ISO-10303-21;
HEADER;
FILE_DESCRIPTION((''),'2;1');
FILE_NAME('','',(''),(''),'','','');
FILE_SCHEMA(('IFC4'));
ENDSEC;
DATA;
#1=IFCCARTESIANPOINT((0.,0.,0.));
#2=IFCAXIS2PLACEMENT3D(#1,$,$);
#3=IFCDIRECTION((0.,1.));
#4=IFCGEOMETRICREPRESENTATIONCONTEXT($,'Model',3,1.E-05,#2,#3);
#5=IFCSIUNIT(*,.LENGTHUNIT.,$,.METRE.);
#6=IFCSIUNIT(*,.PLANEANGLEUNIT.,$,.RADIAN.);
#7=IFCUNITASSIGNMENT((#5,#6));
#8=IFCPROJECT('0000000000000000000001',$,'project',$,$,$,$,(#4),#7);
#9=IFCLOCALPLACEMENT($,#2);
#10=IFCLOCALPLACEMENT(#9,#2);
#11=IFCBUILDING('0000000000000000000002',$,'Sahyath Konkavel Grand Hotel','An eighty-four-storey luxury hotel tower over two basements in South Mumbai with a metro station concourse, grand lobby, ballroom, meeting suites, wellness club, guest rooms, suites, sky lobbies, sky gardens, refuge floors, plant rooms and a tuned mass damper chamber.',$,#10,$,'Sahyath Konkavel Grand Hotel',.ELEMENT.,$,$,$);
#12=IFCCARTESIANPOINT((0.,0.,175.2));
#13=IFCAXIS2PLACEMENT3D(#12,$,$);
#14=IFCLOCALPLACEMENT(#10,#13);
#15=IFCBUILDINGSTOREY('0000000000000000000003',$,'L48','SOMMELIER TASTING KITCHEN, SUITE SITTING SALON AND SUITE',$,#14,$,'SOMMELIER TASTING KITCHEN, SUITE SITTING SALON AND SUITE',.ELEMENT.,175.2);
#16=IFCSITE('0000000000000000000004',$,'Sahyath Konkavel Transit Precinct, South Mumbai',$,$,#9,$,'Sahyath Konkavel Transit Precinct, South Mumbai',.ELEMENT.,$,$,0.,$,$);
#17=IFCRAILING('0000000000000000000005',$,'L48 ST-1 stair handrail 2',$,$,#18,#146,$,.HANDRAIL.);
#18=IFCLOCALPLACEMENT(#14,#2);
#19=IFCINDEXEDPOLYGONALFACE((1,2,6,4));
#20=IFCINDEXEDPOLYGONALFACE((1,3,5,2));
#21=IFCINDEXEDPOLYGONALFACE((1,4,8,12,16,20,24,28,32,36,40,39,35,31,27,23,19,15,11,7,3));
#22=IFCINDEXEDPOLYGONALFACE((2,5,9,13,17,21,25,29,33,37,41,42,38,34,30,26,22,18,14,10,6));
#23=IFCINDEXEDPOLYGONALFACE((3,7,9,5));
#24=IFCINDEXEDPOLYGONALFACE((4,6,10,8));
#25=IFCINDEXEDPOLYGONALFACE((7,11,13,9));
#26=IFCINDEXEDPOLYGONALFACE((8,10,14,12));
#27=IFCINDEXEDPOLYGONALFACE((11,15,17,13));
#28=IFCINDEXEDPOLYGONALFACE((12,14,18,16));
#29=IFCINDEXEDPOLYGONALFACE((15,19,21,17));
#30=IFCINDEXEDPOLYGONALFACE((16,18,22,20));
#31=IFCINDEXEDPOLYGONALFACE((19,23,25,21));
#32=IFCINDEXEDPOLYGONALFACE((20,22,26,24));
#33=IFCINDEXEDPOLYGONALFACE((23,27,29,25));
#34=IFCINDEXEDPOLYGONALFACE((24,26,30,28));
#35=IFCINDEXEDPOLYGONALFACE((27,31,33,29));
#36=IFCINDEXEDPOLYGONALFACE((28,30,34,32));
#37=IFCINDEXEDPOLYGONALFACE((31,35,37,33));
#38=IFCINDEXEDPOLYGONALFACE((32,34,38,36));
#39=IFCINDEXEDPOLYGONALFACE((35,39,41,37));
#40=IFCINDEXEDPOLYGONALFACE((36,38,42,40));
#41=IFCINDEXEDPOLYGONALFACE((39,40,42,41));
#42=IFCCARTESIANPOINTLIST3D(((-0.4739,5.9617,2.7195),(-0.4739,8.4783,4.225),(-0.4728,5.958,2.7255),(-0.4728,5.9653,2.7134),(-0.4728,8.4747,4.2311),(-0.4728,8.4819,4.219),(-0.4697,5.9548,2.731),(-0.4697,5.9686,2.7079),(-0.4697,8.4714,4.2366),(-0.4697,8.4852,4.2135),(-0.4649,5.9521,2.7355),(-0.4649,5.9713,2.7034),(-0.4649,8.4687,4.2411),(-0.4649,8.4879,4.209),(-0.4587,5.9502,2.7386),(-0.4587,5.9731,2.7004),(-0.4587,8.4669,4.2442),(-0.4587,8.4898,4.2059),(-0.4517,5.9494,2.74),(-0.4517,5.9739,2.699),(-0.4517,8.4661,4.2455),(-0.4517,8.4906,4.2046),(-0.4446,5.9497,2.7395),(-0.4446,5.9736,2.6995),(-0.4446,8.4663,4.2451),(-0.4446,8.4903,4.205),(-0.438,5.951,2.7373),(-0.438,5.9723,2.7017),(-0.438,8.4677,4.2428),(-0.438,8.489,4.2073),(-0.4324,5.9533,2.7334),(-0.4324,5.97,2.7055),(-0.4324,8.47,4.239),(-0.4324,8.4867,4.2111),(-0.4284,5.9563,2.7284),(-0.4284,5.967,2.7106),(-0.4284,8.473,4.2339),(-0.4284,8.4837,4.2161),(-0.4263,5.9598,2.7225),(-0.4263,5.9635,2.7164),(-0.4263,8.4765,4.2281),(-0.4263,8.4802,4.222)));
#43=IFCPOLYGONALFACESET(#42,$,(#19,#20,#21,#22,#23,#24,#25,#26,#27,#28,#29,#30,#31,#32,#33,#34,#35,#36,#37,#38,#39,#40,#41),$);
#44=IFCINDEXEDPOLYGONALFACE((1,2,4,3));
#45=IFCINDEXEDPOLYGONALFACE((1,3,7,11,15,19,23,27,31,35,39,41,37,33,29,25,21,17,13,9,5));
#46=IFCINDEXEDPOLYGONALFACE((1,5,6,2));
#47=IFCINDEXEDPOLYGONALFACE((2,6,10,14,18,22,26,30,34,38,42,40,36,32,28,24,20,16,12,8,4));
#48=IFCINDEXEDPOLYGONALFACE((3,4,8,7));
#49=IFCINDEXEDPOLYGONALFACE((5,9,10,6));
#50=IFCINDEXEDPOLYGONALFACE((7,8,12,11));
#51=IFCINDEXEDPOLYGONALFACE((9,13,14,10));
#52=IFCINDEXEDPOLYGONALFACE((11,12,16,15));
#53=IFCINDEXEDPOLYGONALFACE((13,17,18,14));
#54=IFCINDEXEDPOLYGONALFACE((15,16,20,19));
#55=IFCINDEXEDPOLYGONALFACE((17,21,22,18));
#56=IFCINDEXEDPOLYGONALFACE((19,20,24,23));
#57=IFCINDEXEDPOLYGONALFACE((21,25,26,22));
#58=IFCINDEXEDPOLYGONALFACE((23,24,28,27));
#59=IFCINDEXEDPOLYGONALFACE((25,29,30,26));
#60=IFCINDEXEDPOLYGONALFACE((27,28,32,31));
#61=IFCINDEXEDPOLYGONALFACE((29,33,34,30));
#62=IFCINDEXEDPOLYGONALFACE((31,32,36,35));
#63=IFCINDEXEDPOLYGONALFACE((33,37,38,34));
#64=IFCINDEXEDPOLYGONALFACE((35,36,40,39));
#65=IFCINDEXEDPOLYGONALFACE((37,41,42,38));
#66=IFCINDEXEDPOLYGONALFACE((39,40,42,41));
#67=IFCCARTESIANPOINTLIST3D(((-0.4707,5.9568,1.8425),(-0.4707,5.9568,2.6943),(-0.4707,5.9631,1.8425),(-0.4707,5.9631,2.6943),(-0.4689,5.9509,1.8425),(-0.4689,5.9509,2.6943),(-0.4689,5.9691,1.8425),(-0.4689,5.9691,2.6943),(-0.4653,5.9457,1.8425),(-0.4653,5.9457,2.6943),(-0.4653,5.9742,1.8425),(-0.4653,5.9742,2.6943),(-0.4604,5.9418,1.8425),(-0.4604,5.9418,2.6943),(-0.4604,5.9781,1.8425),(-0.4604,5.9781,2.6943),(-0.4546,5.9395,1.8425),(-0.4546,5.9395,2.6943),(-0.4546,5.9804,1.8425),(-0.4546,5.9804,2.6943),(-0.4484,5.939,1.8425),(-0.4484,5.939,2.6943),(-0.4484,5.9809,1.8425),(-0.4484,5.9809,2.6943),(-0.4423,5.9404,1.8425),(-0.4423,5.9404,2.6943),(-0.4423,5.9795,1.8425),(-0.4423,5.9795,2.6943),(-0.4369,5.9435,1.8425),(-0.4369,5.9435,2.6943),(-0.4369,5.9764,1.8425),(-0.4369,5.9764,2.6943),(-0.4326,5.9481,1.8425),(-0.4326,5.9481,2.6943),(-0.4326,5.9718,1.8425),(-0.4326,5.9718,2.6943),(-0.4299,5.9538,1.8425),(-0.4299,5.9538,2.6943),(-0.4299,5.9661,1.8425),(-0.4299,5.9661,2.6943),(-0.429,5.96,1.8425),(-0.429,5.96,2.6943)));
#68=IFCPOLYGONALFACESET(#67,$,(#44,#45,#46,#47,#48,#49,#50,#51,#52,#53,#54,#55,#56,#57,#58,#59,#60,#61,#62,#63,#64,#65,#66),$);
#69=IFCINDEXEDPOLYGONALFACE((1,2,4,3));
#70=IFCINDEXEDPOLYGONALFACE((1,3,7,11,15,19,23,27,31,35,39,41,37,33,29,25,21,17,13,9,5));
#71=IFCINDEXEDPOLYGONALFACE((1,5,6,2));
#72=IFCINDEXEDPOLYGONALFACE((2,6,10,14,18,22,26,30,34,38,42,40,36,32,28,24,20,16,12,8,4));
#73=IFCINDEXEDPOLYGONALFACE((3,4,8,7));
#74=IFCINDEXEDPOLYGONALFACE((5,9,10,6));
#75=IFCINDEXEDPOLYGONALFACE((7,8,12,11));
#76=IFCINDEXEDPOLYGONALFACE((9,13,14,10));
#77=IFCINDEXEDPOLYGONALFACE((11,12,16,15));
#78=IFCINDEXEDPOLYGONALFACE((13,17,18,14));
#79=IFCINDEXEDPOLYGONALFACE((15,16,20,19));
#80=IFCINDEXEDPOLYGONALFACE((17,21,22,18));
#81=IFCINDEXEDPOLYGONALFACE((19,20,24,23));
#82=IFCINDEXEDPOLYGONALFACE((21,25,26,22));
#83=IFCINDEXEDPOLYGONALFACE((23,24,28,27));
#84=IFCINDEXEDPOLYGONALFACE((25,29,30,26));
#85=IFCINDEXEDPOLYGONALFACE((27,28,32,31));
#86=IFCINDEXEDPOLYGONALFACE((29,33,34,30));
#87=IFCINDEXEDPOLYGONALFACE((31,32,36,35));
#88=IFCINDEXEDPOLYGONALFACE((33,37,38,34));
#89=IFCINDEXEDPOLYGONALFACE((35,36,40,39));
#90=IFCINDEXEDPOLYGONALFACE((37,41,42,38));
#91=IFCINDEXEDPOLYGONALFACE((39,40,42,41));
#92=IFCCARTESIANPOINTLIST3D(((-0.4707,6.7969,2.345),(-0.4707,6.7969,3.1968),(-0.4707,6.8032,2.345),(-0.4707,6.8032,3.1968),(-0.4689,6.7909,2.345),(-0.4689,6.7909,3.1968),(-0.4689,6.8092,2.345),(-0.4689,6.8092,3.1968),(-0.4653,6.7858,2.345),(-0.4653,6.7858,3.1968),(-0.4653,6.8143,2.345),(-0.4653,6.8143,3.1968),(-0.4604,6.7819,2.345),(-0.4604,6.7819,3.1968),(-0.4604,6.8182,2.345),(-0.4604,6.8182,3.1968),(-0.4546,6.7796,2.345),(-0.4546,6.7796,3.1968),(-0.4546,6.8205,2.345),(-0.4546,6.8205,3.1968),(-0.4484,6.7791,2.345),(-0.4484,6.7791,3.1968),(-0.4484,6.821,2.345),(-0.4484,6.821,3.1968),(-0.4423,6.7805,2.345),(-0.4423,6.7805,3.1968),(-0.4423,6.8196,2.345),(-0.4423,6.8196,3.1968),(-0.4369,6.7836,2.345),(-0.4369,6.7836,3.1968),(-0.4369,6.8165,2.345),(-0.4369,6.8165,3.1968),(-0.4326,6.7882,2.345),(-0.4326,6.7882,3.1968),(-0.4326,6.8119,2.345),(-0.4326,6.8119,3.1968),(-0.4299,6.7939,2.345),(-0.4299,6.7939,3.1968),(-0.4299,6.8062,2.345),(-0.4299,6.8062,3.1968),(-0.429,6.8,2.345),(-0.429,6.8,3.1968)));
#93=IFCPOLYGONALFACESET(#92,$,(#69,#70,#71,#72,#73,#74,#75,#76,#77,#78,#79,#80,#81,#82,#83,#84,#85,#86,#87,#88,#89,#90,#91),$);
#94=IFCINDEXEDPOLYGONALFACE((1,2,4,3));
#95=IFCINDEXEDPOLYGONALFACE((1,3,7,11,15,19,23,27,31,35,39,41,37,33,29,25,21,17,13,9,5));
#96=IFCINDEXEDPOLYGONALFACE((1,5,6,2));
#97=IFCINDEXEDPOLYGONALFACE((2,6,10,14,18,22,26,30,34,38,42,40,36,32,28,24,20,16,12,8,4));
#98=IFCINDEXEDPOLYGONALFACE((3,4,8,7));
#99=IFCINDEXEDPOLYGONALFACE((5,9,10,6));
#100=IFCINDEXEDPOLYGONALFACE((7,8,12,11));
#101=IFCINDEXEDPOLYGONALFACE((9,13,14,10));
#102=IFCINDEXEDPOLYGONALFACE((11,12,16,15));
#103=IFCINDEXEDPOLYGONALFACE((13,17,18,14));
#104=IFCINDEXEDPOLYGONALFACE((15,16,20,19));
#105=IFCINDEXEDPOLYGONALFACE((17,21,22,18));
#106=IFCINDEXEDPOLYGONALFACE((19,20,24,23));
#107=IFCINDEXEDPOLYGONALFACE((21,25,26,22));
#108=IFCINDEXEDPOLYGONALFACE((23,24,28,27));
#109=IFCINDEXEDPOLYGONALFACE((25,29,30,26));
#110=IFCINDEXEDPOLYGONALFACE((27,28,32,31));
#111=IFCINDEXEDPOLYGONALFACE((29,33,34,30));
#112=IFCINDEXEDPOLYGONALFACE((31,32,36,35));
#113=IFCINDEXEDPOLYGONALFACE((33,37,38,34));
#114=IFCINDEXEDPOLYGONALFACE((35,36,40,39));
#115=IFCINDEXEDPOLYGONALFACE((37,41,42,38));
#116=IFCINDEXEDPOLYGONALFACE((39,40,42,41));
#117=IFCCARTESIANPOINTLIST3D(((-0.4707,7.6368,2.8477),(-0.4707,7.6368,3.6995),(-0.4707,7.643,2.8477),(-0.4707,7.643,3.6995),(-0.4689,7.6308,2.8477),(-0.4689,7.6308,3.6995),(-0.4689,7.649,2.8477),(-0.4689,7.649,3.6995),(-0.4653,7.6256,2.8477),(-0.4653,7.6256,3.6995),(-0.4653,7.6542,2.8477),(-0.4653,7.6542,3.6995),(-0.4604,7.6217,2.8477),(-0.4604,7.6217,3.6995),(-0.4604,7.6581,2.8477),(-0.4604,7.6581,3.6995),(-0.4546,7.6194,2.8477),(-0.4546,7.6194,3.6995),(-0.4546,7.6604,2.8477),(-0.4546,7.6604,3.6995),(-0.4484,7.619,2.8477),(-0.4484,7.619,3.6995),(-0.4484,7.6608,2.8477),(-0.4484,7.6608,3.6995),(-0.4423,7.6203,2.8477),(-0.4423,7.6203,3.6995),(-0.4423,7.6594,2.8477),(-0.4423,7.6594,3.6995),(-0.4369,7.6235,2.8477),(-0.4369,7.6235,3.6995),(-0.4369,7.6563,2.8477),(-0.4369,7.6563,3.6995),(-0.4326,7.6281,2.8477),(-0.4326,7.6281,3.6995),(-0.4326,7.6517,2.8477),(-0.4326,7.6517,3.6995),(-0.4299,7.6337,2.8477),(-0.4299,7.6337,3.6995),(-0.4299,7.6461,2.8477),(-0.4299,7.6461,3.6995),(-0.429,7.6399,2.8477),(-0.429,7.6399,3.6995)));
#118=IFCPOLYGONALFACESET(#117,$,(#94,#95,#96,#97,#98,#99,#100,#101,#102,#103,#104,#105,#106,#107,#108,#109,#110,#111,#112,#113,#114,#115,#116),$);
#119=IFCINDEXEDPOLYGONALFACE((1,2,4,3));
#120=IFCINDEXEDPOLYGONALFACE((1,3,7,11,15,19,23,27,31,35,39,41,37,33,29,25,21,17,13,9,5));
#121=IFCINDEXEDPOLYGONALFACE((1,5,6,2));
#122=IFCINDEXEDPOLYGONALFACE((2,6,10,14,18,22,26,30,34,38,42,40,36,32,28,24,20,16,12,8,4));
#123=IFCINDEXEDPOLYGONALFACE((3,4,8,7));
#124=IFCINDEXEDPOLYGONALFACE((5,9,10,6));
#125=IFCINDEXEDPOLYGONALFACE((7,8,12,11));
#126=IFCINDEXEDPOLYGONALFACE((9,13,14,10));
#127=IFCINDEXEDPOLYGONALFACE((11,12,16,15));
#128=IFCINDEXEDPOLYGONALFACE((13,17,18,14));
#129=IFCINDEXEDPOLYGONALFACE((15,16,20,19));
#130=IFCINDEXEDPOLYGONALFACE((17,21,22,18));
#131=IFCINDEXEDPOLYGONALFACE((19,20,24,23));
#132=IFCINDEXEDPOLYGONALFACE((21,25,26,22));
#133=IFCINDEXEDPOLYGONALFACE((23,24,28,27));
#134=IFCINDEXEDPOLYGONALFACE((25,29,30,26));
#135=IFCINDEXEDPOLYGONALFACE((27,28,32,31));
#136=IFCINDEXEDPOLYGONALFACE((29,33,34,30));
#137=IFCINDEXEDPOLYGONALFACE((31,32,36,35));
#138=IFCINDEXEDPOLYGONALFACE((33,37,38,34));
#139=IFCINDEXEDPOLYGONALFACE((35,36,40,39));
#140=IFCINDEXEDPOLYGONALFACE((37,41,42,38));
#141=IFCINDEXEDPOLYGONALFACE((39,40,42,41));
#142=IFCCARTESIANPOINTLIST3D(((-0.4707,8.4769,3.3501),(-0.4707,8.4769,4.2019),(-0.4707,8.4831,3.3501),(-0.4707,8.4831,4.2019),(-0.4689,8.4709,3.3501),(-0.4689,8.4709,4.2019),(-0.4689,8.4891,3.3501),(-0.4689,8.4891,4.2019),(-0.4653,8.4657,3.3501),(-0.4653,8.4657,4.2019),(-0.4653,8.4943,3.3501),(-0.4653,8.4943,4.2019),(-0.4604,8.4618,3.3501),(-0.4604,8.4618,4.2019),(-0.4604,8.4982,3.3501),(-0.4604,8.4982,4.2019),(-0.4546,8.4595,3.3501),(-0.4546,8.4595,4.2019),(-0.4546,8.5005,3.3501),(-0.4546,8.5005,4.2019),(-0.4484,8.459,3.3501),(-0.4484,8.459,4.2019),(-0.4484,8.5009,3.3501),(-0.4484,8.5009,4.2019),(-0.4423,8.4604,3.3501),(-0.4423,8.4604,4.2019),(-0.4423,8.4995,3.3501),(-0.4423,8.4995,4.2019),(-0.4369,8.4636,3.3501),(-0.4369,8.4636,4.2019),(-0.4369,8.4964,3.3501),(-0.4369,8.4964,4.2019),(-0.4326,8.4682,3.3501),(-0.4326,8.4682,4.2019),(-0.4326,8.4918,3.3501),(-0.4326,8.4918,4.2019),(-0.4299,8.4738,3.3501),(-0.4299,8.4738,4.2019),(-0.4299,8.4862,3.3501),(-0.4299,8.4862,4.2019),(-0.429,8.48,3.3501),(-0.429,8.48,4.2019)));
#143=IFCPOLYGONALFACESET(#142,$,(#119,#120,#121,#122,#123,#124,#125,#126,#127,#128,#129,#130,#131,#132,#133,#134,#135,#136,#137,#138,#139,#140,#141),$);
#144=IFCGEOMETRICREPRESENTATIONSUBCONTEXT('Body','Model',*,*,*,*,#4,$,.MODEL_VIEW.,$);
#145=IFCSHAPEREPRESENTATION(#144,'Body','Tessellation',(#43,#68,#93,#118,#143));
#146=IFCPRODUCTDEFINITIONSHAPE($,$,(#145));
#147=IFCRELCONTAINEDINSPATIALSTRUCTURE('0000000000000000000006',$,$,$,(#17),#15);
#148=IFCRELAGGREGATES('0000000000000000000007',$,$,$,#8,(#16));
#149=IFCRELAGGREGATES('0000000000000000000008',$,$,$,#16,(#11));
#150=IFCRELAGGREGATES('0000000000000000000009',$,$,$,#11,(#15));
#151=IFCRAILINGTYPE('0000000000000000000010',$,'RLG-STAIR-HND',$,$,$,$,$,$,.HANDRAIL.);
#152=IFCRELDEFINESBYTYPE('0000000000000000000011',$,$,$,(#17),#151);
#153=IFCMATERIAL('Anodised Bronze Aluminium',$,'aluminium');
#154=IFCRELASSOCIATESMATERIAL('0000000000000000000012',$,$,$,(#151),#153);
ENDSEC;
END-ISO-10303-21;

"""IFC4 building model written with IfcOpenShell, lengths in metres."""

from ifc_helpers import new_model, si_unit, direction, frame, origin, origin_2d, place, context, subcontext, project, spatial, circle, extrude, material, type_object, element, save


model = new_model("IFC4")

# Units and contexts
model_context = context("Model", 3, precision=1e-05, world=origin(), true_north=direction((0.0, 1.0)))
body_context = subcontext(model_context, "Body", "Model", "MODEL_VIEW")
ifc_project = project(units=[si_unit("LENGTHUNIT", "METRE"), si_unit("PLANEANGLEUNIT", "RADIAN")], contexts=[model_context])

# Site, building, storey
site_placement = place(None, origin())
site = spatial("IfcSite", under=ifc_project, at=site_placement, Name="Sahyath Konkavel Transit Precinct, South Mumbai", LongName="Sahyath Konkavel Transit Precinct, South Mumbai", CompositionType="ELEMENT", RefElevation=0.0)
building_placement = place(site_placement, origin())
building = spatial("IfcBuilding", under=site, at=building_placement, Name="Sahyath Konkavel Grand Hotel", Description="An eighty-four-storey luxury hotel tower over two basements in South Mumbai with a metro station concourse, grand lobby, ballroom, meeting suites, wellness club, guest rooms, suites, sky lobbies, sky gardens, refuge floors, plant rooms and a tuned mass damper chamber.", LongName="Sahyath Konkavel Grand Hotel", CompositionType="ELEMENT")
storey_placement = place(building_placement, frame((0.0, 0.0, 175.2)))
storey = spatial("IfcBuildingStorey", under=building, at=storey_placement, Name="L48", Description="SOMMELIER TASTING KITCHEN, SUITE SITTING SALON AND SUITE", LongName="SOMMELIER TASTING KITCHEN, SUITE SITTING SALON AND SUITE", CompositionType="ELEMENT", Elevation=175.2)

# Railing
ifc_material_1 = material(Name="Anodised Bronze Aluminium", Category="aluminium")
railing_type_1 = type_object("IfcRailingType", Name="RLG-STAIR-HND", PredefinedType="HANDRAIL", material=ifc_material_1)
railing_1_placement = place(storey_placement, frame((-0.45, 5.96, 1.8425)))
element("IfcRailing", 1, at=railing_1_placement, inside=storey, type_object=railing_type_1, Name="L48 ST-1 stair handrail 2", PredefinedType="HANDRAIL", context=body_context, shape_type="SweptSolid", body=[
    extrude(circle(Radius=0.0239, at=origin_2d()), frame((0.0, 0.0017, 0.877), z_axis=(0.0, 0.85816, 0.513383), x_axis=(-1.0, 0.0, 0.0)), (0.0, 0.0, 1.0), 2.9326),
    extrude(circle(Radius=0.021, at=origin_2d()), origin(), (0.0, 0.0, 1.0), 0.8518),
    extrude(circle(Radius=0.021, at=origin_2d()), frame((0.0, 0.8401, 0.5024)), (0.0, 0.0, 1.0), 0.8518),
    extrude(circle(Radius=0.021, at=origin_2d()), frame((0.0, 1.6799, 1.0051)), (0.0, 0.0, 1.0), 0.8518),
    extrude(circle(Radius=0.021, at=origin_2d()), frame((0.0, 2.52, 1.5076)), (0.0, 0.0, 1.0), 0.8518),
])

save(model, "model.ifc")
